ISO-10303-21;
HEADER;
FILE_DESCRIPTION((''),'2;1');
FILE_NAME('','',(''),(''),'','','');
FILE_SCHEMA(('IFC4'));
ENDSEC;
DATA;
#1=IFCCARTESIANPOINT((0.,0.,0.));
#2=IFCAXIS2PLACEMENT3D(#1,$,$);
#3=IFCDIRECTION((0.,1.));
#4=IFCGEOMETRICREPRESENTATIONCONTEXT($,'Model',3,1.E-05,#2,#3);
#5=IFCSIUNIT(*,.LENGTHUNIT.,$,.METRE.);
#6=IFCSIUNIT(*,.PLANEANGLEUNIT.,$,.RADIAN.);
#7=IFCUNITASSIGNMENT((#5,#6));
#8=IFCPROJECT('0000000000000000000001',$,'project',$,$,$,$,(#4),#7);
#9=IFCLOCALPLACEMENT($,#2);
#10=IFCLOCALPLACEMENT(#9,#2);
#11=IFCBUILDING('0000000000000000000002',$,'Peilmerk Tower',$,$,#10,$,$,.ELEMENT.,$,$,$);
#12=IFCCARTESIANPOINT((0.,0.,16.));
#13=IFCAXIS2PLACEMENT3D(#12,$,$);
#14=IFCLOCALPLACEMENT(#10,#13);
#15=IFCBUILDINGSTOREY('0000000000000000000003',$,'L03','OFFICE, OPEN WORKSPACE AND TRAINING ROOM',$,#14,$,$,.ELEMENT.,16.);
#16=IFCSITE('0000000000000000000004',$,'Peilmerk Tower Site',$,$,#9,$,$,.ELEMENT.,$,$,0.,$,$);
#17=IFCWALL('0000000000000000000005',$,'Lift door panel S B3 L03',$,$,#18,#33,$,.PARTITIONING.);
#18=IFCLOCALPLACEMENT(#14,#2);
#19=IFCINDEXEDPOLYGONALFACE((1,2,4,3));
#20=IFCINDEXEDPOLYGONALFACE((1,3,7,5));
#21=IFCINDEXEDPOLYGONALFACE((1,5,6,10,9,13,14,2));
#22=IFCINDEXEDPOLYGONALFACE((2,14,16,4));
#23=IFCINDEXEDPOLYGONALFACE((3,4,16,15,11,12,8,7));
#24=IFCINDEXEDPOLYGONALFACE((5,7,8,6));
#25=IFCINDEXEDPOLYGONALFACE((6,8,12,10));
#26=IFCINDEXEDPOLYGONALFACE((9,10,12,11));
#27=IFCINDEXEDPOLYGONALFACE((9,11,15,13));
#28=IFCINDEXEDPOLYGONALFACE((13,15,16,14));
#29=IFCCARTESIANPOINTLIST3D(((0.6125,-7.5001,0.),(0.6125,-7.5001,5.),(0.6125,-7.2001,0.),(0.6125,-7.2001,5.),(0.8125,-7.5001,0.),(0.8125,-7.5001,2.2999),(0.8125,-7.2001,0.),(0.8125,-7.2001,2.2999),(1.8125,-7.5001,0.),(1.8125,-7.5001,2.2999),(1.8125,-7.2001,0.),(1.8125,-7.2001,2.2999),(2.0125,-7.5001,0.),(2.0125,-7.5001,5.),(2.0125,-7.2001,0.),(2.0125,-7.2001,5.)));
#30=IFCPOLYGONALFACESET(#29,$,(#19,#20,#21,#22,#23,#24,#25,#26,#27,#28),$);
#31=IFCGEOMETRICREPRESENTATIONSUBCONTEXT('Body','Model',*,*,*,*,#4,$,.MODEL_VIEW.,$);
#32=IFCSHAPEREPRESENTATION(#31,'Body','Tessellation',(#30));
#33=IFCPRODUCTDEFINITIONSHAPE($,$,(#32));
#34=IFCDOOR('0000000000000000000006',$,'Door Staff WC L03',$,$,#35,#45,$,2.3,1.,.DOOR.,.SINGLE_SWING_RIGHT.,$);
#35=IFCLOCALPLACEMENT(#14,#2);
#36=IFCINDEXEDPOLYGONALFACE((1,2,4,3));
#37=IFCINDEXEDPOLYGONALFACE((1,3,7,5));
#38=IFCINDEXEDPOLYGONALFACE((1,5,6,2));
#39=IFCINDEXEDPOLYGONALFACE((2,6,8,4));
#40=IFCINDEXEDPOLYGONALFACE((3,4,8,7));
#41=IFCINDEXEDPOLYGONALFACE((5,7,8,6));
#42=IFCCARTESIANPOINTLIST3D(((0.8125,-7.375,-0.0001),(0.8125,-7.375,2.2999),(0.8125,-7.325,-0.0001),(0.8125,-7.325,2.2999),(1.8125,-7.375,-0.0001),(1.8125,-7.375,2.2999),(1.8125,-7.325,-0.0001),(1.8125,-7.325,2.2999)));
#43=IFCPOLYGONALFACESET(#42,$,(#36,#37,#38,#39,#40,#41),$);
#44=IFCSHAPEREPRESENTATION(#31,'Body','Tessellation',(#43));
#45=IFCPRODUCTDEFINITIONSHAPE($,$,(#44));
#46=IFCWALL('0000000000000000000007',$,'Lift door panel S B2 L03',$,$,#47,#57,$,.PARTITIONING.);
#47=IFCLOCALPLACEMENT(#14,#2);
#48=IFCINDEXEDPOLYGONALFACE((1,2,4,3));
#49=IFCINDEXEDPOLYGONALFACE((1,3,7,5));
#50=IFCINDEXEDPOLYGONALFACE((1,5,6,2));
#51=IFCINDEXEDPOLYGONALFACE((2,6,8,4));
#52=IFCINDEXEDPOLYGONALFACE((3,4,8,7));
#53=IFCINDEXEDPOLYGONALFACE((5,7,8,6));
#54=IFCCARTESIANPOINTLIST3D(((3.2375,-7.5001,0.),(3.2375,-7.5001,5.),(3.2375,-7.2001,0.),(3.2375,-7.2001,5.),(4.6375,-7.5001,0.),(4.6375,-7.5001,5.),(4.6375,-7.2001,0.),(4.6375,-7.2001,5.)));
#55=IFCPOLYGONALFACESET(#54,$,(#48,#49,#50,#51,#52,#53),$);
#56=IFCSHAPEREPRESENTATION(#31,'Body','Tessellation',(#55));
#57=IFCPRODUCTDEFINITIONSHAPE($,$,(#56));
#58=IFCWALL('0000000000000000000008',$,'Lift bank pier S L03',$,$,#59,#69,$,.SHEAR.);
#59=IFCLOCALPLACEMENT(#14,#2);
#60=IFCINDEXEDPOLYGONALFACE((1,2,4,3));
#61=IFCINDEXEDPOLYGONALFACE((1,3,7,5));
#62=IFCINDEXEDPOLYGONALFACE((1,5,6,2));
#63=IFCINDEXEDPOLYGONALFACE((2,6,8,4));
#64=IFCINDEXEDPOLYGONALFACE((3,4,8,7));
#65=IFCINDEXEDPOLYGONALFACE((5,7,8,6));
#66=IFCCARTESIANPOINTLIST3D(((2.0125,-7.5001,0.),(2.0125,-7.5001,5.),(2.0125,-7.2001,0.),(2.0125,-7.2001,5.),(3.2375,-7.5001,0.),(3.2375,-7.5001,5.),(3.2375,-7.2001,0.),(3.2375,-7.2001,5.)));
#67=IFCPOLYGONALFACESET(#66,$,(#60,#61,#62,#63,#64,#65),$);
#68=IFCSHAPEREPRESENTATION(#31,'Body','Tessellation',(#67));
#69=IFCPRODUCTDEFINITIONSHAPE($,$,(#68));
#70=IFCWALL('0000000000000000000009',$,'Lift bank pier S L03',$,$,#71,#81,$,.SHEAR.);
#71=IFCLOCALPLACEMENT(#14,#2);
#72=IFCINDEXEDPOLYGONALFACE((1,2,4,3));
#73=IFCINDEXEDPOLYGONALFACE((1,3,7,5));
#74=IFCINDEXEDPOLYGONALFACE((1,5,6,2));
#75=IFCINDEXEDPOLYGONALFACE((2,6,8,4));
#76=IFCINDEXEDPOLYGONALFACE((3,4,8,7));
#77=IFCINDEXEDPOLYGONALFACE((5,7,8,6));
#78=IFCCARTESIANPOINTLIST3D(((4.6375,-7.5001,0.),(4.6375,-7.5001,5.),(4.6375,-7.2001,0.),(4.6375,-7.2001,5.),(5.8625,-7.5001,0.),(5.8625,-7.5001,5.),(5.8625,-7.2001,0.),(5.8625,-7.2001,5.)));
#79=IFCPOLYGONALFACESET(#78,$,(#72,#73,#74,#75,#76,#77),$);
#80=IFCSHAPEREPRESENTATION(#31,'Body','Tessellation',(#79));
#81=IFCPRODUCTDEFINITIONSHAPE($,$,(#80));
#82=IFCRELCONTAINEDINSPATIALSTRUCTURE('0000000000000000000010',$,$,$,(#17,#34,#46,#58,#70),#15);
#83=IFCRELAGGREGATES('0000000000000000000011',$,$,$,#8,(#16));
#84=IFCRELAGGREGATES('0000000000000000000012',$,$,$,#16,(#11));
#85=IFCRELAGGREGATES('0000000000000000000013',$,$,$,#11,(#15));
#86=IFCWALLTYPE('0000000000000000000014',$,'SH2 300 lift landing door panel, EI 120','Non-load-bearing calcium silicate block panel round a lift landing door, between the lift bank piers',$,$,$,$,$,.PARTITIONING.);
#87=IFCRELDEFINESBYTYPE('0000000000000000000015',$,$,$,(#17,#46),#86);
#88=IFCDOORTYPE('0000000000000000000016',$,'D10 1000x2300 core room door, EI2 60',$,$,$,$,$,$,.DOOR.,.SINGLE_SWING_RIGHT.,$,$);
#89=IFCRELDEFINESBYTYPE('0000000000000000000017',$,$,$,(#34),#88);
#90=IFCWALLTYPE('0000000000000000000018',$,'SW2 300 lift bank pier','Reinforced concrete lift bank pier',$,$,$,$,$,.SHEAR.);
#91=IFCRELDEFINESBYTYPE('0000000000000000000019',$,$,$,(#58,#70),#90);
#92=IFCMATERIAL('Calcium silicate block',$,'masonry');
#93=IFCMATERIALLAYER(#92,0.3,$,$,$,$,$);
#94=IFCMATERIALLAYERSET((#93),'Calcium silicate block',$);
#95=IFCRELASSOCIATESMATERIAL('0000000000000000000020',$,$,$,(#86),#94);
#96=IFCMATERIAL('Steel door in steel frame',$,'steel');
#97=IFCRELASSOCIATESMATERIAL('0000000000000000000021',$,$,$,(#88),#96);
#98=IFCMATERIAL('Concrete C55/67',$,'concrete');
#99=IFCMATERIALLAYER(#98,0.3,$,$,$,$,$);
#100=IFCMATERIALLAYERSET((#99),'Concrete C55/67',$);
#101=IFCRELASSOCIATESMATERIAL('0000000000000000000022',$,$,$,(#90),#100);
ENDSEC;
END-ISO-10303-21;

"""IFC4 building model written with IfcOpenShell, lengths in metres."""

from ifc_helpers import new_model, si_unit, direction, frame, frame_2d, origin, place, context, subcontext, project, spatial, rectangle, extrude, material, layer, layer_set, type_object, element, fill, save


model = new_model("IFC4")

# Units and contexts
model_context = context("Model", 3, precision=1e-05, world=origin(), true_north=direction((0.0, 1.0)))
body_context = subcontext(model_context, "Body", "Model", "MODEL_VIEW")
ifc_project = project(units=[si_unit("LENGTHUNIT", "METRE"), si_unit("PLANEANGLEUNIT", "RADIAN")], contexts=[model_context])

# Site, building, storey
site_placement = place(None, origin())
site = spatial("IfcSite", under=ifc_project, at=site_placement, Name="Peilmerk Tower Site", CompositionType="ELEMENT", RefElevation=0.0)
building_placement = place(site_placement, origin())
building = spatial("IfcBuilding", under=site, at=building_placement, Name="Peilmerk Tower", CompositionType="ELEMENT")
storey_placement = place(building_placement, frame((0.0, 0.0, 16.0)))
storey = spatial("IfcBuildingStorey", under=building, at=storey_placement, Name="L03", Description="OFFICE, OPEN WORKSPACE AND TRAINING ROOM", CompositionType="ELEMENT", Elevation=16.0)

# Shared definitions
ifc_material_1 = material(Name="Steel door in steel frame", Category="steel")

# Shared definitions
ifc_material_2 = material(Name="Calcium silicate block", Category="masonry")

# Wall, opening, door
ifc_layer_1 = layer(ifc_material_2, 0.3)
ifc_layer_set_1 = layer_set([ifc_layer_1], Name="Calcium silicate block")
wall_type_1 = type_object("IfcWallType", Name="SH2 300 lift landing door panel, EI 120", Description="Non-load-bearing calcium silicate block panel round a lift landing door, between the lift bank piers", PredefinedType="PARTITIONING", material=ifc_layer_set_1)
wall_1_placement = place(storey_placement, frame((0.6125, -7.3501, 0.0), z_axis=(0.0, 0.0, 1.0), x_axis=(1.0, 0.0, 0.0)))
wall_1 = element("IfcWall", 1, at=wall_1_placement, inside=storey, type_object=wall_type_1, Name="Lift door panel S B3 L03", PredefinedType="PARTITIONING", context=body_context, shape_type="SweptSolid", body=[
    extrude(rectangle(XDim=1.3999, YDim=0.3, at=frame_2d((0.7, 0.0))), origin(), (0.0, 0.0, 1.0), 5.0),
])
opening_1_placement = place(wall_1_placement, frame((0.2, 0.0, 0.0)))
opening_1 = element("IfcOpeningElement", 2, at=opening_1_placement, cuts=wall_1, PredefinedType="OPENING", context=body_context, shape_type="SweptSolid", body=[
    extrude(rectangle(XDim=1.0, YDim=2.3, at=frame_2d((0.5, 1.1499))), frame((0.0, 0.1599, 0.0), z_axis=(0.0, -1.0, 0.0), x_axis=(1.0, 0.0, 0.0)), (0.0, 0.0, 1.0), 0.3201),
])
door_type_1 = type_object("IfcDoorType", Name="D10 1000x2300 core room door, EI2 60", OperationType="SINGLE_SWING_RIGHT", PredefinedType="DOOR", material=ifc_material_1)
door_1_placement = place(opening_1_placement, frame((1.0, 0.0, 0.0), z_axis=(0.0, 0.0, 1.0), x_axis=(-1.0, 0.0, 0.0)))
door_1 = element("IfcDoor", 3, at=door_1_placement, inside=storey, type_object=door_type_1, Name="Door Staff WC L03", OperationType="SINGLE_SWING_RIGHT", OverallHeight=2.3, OverallWidth=1.0, PredefinedType="DOOR", context=body_context, shape_type="SweptSolid", body=[
    extrude(rectangle(XDim=1.0, YDim=2.3, at=frame_2d((0.5, 1.1499))), frame((0.0, 0.0249, 0.0), z_axis=(0.0, -1.0, 0.0), x_axis=(1.0, 0.0, 0.0)), (0.0, 0.0, 1.0), 0.05),
])
fill(opening_1, door_1)

# Walls
wall_2_placement = place(storey_placement, frame((3.2375, -7.3501, 0.0), z_axis=(0.0, 0.0, 1.0), x_axis=(1.0, 0.0, 0.0)))
element("IfcWall", 4, at=wall_2_placement, inside=storey, type_object=wall_type_1, Name="Lift door panel S B2 L03", PredefinedType="PARTITIONING", context=body_context, shape_type="SweptSolid", body=[
    extrude(rectangle(XDim=1.3999, YDim=0.3, at=frame_2d((0.7, 0.0))), origin(), (0.0, 0.0, 1.0), 5.0),
])
ifc_material_3 = material(Name="Concrete C55/67", Category="concrete")
ifc_layer_2 = layer(ifc_material_3, 0.3)
ifc_layer_set_2 = layer_set([ifc_layer_2], Name="Concrete C55/67")
wall_type_2 = type_object("IfcWallType", Name="SW2 300 lift bank pier", Description="Reinforced concrete lift bank pier", PredefinedType="SHEAR", material=ifc_layer_set_2)
for number, where, z_axis, x_axis, name in (
    (5, (2.0125, -7.3501, 0.0), (0.0, 0.0, 1.0), (1.0, 0.0, 0.0), "Lift bank pier S L03"),
    (6, (4.6375, -7.3501, 0.0), (0.0, 0.0, 1.0), (1.0, 0.0, 0.0), "Lift bank pier S L03"),
):
    element("IfcWall", number, at=place(storey_placement, frame(where, z_axis=z_axis, x_axis=x_axis)), inside=storey, type_object=wall_type_2, Name=name, PredefinedType="SHEAR", context=body_context, shape_type="SweptSolid", body=[
        extrude(rectangle(XDim=1.2251, YDim=0.3, at=frame_2d((0.6125, 0.0))), origin(), (0.0, 0.0, 1.0), 5.0),
    ])

save(model, "model.ifc")
